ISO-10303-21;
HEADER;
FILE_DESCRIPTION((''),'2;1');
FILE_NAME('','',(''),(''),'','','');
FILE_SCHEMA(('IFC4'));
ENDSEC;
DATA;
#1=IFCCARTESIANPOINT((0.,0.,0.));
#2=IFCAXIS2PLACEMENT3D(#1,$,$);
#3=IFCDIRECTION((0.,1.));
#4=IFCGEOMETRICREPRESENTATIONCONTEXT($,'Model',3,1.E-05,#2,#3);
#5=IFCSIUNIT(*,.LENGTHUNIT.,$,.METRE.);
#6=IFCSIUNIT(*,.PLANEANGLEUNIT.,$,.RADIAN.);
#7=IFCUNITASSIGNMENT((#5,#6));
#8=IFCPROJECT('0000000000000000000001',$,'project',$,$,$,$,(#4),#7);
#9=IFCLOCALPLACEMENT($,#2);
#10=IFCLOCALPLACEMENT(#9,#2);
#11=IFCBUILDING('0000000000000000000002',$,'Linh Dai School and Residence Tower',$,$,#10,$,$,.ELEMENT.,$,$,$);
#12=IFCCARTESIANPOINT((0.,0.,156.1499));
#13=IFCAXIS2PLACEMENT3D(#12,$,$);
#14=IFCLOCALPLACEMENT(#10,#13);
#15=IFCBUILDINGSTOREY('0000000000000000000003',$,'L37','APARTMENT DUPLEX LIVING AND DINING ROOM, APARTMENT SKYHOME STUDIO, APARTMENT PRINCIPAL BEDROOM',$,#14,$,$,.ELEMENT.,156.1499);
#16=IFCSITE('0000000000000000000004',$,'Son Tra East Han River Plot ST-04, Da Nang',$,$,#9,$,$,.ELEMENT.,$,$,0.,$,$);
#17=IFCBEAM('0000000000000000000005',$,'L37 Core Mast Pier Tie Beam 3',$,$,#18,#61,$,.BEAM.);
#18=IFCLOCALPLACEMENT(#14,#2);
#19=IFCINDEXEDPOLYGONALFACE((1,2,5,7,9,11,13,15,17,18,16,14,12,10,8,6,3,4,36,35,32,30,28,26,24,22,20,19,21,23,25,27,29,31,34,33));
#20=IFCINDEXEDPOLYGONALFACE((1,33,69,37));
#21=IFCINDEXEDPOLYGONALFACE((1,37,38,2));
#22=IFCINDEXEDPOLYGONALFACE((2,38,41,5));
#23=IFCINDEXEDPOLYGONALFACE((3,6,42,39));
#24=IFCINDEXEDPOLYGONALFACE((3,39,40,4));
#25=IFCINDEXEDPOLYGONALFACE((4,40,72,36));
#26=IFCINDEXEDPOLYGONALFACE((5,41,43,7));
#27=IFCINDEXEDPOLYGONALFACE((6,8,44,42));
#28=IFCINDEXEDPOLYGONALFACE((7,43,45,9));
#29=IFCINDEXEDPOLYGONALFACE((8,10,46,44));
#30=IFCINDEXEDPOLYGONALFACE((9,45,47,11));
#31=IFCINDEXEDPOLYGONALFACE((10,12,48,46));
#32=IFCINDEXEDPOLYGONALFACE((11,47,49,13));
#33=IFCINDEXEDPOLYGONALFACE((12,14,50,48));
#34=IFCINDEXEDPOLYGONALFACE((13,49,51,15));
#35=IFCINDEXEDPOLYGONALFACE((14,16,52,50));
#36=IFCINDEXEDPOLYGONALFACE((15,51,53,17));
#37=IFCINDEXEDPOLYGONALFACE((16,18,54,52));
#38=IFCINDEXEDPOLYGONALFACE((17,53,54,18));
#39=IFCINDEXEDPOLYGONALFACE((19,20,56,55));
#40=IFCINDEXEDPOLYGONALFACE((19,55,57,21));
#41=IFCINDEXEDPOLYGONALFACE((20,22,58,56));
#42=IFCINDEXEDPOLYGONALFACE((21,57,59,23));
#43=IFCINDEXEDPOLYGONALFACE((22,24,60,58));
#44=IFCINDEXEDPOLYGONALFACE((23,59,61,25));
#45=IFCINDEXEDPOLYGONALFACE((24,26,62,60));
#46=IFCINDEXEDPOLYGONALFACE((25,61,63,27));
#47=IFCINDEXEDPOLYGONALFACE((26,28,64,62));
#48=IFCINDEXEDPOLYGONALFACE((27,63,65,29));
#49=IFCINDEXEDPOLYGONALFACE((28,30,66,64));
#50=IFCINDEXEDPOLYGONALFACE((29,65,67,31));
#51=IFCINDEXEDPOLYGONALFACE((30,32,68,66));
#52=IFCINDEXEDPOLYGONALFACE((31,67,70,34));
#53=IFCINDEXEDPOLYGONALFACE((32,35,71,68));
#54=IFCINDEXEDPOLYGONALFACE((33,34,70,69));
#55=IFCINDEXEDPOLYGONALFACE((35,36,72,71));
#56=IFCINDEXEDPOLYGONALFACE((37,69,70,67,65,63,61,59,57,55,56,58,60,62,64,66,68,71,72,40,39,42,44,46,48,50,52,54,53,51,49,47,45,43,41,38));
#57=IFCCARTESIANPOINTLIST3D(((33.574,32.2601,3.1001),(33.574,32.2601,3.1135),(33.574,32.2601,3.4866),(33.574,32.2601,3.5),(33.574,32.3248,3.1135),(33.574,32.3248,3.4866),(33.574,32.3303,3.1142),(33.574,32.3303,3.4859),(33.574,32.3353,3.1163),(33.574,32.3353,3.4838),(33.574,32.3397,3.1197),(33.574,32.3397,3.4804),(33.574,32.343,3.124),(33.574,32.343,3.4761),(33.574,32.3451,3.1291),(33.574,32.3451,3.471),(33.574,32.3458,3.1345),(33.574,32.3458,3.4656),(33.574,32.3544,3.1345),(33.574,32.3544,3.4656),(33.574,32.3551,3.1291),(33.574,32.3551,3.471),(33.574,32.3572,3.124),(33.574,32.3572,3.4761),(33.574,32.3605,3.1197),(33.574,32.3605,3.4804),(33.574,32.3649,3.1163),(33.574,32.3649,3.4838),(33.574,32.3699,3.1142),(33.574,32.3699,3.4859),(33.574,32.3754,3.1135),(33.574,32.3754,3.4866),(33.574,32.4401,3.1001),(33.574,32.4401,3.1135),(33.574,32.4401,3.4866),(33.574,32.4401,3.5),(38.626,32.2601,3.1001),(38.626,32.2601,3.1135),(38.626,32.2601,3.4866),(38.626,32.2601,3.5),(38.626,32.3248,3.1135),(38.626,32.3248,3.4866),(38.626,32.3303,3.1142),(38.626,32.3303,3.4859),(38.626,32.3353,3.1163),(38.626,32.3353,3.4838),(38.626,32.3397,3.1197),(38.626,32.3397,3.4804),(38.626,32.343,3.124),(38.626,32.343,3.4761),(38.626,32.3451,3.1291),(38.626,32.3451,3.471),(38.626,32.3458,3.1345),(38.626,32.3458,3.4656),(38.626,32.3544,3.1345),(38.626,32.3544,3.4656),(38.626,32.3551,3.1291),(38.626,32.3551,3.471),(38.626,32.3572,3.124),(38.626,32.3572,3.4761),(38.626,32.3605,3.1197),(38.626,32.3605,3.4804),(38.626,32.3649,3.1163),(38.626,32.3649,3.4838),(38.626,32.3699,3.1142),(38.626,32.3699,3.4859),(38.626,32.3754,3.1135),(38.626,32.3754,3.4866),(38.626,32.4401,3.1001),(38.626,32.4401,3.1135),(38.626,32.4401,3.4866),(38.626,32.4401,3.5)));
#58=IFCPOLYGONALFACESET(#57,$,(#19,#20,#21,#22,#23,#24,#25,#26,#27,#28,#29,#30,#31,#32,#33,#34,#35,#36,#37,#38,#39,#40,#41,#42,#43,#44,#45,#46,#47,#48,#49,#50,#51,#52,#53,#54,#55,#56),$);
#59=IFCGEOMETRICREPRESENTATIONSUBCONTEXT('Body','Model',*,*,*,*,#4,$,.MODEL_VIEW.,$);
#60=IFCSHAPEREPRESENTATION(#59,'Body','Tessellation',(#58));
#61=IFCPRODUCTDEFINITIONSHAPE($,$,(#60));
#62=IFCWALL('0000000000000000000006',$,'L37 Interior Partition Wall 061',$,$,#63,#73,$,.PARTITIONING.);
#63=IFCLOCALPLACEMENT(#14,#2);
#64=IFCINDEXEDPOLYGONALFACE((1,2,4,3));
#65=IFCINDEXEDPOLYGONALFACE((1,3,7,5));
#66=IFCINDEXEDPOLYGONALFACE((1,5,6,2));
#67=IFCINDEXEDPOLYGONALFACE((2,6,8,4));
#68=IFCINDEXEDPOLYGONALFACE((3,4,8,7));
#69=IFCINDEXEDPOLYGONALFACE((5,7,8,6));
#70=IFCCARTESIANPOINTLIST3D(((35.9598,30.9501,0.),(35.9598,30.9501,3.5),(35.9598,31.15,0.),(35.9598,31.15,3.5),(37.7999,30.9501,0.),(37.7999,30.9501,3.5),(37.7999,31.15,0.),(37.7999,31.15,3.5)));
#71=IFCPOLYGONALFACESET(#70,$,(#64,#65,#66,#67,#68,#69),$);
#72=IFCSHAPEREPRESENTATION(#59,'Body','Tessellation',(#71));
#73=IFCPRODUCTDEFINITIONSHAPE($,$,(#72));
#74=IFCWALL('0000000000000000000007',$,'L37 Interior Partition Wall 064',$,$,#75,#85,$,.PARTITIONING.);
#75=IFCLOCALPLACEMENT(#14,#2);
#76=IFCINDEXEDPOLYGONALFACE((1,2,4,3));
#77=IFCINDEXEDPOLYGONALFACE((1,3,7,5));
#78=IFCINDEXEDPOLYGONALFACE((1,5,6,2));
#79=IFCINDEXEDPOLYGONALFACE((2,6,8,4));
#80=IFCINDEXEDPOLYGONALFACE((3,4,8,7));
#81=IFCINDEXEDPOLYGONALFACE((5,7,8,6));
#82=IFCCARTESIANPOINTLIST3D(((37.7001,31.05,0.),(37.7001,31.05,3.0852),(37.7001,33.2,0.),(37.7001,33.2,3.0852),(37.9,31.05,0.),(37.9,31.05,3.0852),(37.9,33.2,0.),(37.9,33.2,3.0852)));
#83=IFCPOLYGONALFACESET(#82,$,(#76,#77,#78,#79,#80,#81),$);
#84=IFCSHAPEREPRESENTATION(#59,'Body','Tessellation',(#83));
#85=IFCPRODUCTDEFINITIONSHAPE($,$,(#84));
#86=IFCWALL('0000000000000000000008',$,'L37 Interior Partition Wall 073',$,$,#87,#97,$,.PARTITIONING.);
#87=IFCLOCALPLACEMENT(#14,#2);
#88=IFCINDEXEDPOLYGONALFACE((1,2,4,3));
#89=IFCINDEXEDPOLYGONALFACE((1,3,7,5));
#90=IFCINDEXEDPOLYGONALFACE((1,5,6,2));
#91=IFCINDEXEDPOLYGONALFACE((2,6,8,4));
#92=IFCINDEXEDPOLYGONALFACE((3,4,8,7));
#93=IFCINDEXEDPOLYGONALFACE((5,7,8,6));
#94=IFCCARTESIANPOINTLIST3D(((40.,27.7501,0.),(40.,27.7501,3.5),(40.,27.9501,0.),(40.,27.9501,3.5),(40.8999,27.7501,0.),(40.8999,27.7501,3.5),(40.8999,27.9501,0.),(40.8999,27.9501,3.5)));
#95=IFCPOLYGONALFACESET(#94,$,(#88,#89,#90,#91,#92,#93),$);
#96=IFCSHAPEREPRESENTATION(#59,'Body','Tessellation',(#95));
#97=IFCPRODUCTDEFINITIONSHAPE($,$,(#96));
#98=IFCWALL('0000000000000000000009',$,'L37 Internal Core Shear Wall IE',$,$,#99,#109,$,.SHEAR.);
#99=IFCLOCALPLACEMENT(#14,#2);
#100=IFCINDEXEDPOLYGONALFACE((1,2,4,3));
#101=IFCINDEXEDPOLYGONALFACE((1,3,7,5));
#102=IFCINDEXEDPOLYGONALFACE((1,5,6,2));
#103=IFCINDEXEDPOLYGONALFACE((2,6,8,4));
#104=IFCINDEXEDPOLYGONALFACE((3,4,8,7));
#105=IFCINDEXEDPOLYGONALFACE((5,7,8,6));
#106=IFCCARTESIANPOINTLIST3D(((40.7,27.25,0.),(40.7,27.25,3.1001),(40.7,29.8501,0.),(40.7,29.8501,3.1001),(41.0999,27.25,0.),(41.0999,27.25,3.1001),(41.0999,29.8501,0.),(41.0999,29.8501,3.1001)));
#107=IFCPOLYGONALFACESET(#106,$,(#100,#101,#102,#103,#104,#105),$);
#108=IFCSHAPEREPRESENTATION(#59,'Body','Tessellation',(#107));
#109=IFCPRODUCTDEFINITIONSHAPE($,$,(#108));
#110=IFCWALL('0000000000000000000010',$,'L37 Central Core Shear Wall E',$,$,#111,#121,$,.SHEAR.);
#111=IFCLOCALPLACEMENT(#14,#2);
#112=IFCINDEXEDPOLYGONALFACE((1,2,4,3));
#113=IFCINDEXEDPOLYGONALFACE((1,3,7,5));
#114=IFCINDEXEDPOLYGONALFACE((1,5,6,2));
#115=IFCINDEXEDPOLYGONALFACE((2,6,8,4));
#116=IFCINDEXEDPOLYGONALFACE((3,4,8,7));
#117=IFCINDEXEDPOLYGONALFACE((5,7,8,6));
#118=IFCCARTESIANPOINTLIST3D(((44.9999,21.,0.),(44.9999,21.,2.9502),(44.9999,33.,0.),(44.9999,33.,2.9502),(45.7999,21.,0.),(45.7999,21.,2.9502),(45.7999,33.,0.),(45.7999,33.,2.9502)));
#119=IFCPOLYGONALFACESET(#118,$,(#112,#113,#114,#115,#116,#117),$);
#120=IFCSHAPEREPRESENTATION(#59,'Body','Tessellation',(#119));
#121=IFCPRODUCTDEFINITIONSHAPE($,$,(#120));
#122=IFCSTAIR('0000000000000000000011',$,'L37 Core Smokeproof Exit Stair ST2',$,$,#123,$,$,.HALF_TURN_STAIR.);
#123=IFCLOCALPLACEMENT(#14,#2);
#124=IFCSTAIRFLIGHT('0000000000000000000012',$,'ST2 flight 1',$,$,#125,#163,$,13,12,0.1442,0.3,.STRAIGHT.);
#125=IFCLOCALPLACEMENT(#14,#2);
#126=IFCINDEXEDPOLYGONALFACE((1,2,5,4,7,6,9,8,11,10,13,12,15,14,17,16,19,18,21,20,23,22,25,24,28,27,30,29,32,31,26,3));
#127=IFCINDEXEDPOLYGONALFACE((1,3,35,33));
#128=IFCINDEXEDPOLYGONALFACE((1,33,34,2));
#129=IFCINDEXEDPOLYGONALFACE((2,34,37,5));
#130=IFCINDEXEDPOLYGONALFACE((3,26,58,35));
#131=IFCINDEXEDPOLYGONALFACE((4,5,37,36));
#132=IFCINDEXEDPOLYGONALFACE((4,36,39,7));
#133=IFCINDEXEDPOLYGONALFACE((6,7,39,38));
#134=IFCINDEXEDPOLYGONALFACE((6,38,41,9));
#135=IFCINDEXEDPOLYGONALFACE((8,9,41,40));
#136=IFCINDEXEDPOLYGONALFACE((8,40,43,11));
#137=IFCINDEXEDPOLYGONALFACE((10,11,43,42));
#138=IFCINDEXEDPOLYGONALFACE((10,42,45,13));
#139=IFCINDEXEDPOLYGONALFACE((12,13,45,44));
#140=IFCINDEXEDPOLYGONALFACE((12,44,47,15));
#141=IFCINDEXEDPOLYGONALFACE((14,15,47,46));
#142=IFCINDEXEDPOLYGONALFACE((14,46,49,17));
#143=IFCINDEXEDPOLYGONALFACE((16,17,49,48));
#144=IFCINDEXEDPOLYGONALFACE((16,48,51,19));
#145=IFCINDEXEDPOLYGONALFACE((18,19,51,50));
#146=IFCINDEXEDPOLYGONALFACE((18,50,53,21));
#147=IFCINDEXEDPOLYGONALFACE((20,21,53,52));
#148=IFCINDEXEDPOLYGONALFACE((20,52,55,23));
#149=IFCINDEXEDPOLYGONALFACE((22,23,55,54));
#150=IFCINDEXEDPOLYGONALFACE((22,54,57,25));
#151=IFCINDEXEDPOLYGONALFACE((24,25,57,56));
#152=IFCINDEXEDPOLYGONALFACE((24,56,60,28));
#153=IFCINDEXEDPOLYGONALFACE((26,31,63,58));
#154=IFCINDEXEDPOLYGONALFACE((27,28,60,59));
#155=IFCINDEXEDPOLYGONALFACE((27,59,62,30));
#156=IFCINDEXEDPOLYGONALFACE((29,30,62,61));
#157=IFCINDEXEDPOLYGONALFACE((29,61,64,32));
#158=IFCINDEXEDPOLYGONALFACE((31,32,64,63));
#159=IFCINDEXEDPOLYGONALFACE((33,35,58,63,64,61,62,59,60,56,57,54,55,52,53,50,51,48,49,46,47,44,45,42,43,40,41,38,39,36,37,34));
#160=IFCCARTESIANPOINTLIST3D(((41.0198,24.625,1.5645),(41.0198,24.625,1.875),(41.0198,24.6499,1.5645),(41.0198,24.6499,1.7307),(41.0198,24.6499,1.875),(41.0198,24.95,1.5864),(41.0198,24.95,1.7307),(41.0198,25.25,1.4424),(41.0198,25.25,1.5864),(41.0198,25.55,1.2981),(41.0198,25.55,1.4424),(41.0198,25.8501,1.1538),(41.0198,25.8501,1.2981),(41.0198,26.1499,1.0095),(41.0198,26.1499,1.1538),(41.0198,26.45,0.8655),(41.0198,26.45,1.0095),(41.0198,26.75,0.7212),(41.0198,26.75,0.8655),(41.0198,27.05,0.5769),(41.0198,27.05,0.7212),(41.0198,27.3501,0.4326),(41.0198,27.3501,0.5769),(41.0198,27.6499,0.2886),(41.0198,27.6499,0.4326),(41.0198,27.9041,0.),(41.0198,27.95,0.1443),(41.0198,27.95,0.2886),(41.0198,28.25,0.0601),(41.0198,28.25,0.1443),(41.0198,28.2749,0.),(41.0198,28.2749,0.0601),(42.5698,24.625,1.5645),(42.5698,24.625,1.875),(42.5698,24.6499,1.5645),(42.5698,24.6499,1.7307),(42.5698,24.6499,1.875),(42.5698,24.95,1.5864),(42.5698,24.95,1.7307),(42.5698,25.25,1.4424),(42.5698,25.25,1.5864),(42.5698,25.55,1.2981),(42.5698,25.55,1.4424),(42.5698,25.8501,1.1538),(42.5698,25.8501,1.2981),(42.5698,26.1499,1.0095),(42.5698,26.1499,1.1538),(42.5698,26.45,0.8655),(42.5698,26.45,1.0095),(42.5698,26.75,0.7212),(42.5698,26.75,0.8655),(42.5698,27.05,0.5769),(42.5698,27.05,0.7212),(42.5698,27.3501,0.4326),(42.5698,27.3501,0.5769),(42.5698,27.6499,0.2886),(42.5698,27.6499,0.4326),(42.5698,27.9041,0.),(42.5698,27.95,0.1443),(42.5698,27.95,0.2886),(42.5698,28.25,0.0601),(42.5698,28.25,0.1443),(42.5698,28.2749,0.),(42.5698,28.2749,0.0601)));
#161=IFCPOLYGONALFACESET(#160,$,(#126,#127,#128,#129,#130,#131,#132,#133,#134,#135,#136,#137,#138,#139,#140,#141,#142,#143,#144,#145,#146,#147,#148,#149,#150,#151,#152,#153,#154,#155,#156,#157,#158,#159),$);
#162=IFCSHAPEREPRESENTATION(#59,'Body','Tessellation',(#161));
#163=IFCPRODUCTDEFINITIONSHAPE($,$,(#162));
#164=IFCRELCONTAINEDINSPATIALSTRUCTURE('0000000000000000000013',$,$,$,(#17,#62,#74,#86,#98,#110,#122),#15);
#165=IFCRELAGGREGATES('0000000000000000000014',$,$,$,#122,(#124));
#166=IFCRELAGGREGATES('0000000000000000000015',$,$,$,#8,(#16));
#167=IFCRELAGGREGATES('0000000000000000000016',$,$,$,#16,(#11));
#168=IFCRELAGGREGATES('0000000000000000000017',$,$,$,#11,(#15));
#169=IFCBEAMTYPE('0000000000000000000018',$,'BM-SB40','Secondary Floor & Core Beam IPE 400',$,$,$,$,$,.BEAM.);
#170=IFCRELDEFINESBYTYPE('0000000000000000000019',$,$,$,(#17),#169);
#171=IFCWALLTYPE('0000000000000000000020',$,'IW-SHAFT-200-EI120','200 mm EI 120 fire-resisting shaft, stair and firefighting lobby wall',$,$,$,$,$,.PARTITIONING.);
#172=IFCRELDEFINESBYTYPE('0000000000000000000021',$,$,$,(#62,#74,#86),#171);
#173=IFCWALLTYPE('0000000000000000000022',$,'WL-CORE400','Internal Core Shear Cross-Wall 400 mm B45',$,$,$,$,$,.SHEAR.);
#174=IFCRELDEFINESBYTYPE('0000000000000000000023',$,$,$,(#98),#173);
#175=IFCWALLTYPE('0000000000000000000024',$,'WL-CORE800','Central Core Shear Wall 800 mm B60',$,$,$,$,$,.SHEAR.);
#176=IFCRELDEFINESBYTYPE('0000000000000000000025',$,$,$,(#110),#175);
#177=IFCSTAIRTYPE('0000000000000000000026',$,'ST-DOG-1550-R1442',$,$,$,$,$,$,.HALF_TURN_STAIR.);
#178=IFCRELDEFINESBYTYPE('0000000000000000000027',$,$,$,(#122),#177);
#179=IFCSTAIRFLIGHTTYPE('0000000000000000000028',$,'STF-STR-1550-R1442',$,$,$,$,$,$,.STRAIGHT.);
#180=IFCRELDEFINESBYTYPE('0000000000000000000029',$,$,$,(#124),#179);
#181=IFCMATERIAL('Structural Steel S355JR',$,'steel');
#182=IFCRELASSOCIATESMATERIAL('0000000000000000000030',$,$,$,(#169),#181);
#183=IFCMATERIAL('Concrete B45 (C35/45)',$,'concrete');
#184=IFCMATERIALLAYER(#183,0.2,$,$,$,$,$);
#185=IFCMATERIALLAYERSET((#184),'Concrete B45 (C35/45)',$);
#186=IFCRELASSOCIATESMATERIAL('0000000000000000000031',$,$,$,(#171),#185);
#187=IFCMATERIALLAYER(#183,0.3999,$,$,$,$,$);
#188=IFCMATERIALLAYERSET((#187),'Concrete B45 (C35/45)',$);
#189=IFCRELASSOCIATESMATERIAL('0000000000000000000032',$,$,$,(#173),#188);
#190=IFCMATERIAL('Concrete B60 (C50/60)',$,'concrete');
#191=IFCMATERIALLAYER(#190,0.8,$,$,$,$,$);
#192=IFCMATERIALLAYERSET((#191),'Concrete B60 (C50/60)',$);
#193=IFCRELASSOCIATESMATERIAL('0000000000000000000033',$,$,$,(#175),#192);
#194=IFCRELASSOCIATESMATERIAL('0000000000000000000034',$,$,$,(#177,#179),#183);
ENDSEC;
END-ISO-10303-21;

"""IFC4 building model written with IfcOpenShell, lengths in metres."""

from ifc_helpers import new_model, si_unit, direction, frame, frame_2d, origin, origin_2d, place, context, subcontext, project, spatial, polyline, rectangle, i_section, outline, extrude, source, transform, mapped, material, layer, layer_set, material_profile, profile_set, type_object, element, aggregate, save


model = new_model("IFC4")

# Units and contexts
model_context = context("Model", 3, precision=1e-05, world=origin(), true_north=direction((0.0, 1.0)))
body_context = subcontext(model_context, "Body", "Model", "MODEL_VIEW")
ifc_project = project(units=[si_unit("LENGTHUNIT", "METRE"), si_unit("PLANEANGLEUNIT", "RADIAN")], contexts=[model_context])

# Site, building, storey
site_placement = place(None, origin())
site = spatial("IfcSite", under=ifc_project, at=site_placement, Name="Son Tra East Han River Plot ST-04, Da Nang", CompositionType="ELEMENT", RefElevation=0.0)
building_placement = place(site_placement, origin())
building = spatial("IfcBuilding", under=site, at=building_placement, Name="Linh Dai School and Residence Tower", CompositionType="ELEMENT")
storey_placement = place(building_placement, frame((0.0, 0.0, 156.1499)))
storey = spatial("IfcBuildingStorey", under=building, at=storey_placement, Name="L37", Description="APARTMENT DUPLEX LIVING AND DINING ROOM, APARTMENT SKYHOME STUDIO, APARTMENT PRINCIPAL BEDROOM", CompositionType="ELEMENT", Elevation=156.1499)

# Shared definitions
ifc_material_1 = material(Name="Structural Steel S355JR", Category="steel")

# Beam
ifc_material_profile_1 = material_profile(ifc_material_1, i_section(OverallWidth=0.1799, OverallDepth=0.3999, WebThickness=0.0085, FlangeThickness=0.0134, FilletRadius=0.021, at=origin_2d()), Name="IPE 400")
ifc_profile_set_1 = profile_set([ifc_material_profile_1], Name="Structural Steel S355JR")
beam_type_1 = type_object("IfcBeamType", Name="BM-SB40", Description="Secondary Floor & Core Beam IPE 400", PredefinedType="BEAM", material=ifc_profile_set_1)
beam_1_placement = place(storey_placement, frame((38.626, 32.3501, 3.3), z_axis=(-1.0, 0.0, 0.0), x_axis=(0.0, -1.0, 0.0)))
element("IfcBeam", 1, at=beam_1_placement, inside=storey, type_object=beam_type_1, Name="L37 Core Mast Pier Tie Beam 3", PredefinedType="BEAM", context=body_context, shape_type="SweptSolid", body=[
    extrude(i_section(OverallWidth=0.1799, OverallDepth=0.3999, WebThickness=0.0085, FlangeThickness=0.0134, FilletRadius=0.021, at=origin_2d()), origin(), (0.0, 0.0, 1.0), 5.052),
])

# Shared definitions
ifc_material_2 = material(Name="Concrete B45 (C35/45)", Category="concrete")
ifc_layer_1 = layer(ifc_material_2, 0.2)
ifc_layer_set_1 = layer_set([ifc_layer_1], Name="Concrete B45 (C35/45)")
wall_type_1 = type_object("IfcWallType", Name="IW-SHAFT-200-EI120", Description="200 mm EI 120 fire-resisting shaft, stair and firefighting lobby wall", PredefinedType="PARTITIONING", material=ifc_layer_set_1)

# Walls
wall_1_placement = place(storey_placement, frame((35.96, 31.05, 0.0), z_axis=(0.0, 0.0, 1.0), x_axis=(1.0, 0.0, 0.0)))
element("IfcWall", 2, at=wall_1_placement, inside=storey, type_object=wall_type_1, Name="L37 Interior Partition Wall 061", PredefinedType="PARTITIONING", context=body_context, shape_type="SweptSolid", body=[
    extrude(rectangle(XDim=1.8401, YDim=0.2, at=frame_2d((0.9199, 0.0))), origin(), (0.0, 0.0, 1.0), 3.5),
])
wall_2_placement = place(storey_placement, frame((37.8, 31.05, 0.0), z_axis=(0.0, 0.0, 1.0), x_axis=(0.0, 1.0, 0.0)))
element("IfcWall", 3, at=wall_2_placement, inside=storey, type_object=wall_type_1, Name="L37 Interior Partition Wall 064", PredefinedType="PARTITIONING", context=body_context, shape_type="SweptSolid", body=[
    extrude(rectangle(XDim=2.1499, YDim=0.2, at=frame_2d((1.075, 0.0))), origin(), (0.0, 0.0, 1.0), 3.0852),
])
wall_3_placement = place(storey_placement, frame((40.0, 27.8501, 0.0), z_axis=(0.0, 0.0, 1.0), x_axis=(1.0, 0.0, 0.0)))
element("IfcWall", 4, at=wall_3_placement, inside=storey, type_object=wall_type_1, Name="L37 Interior Partition Wall 073", PredefinedType="PARTITIONING", context=body_context, shape_type="SweptSolid", body=[
    extrude(rectangle(XDim=0.8999, YDim=0.2, at=frame_2d((0.45, 0.0))), origin(), (0.0, 0.0, 1.0), 3.5),
])
ifc_layer_2 = layer(ifc_material_2, 0.3999)
ifc_layer_set_2 = layer_set([ifc_layer_2], Name="Concrete B45 (C35/45)")
wall_type_2 = type_object("IfcWallType", Name="WL-CORE400", Description="Internal Core Shear Cross-Wall 400 mm B45", PredefinedType="SHEAR", material=ifc_layer_set_2)
wall_4_placement = place(storey_placement, frame((40.8999, 27.25, 0.0), z_axis=(0.0, 0.0, 1.0), x_axis=(0.0, 1.0, 0.0)))
element("IfcWall", 5, at=wall_4_placement, inside=storey, type_object=wall_type_2, Name="L37 Internal Core Shear Wall IE", PredefinedType="SHEAR", context=body_context, shape_type="SweptSolid", body=[
    extrude(rectangle(XDim=2.6001, YDim=0.3999, at=frame_2d((1.3, 0.0))), origin(), (0.0, 0.0, 1.0), 3.1001),
])
ifc_material_3 = material(Name="Concrete B60 (C50/60)", Category="concrete")
ifc_layer_3 = layer(ifc_material_3, 0.8)
ifc_layer_set_3 = layer_set([ifc_layer_3], Name="Concrete B60 (C50/60)")
wall_type_3 = type_object("IfcWallType", Name="WL-CORE800", Description="Central Core Shear Wall 800 mm B60", PredefinedType="SHEAR", material=ifc_layer_set_3)
wall_5_placement = place(storey_placement, frame((45.3999, 33.0, 0.0), z_axis=(0.0, 0.0, 1.0), x_axis=(0.0, -1.0, 0.0)))
element("IfcWall", 6, at=wall_5_placement, inside=storey, type_object=wall_type_3, Name="L37 Central Core Shear Wall E", PredefinedType="SHEAR", context=body_context, shape_type="SweptSolid", body=[
    extrude(rectangle(XDim=12.0, YDim=0.8, at=frame_2d((6.0, 0.0))), origin(), (0.0, 0.0, 1.0), 2.9502),
])

# Stair, stair flight
stair_type = type_object("IfcStairType", Name="ST-DOG-1550-R1442", PredefinedType="HALF_TURN_STAIR", material=ifc_material_2)
stair_placement = place(storey_placement, origin())
stair = element("IfcStair", 7, at=stair_placement, inside=storey, type_object=stair_type, Name="L37 Core Smokeproof Exit Stair ST2", PredefinedType="HALF_TURN_STAIR")
stair_flight_type = type_object("IfcStairFlightType", Name="STF-STR-1550-R1442", PredefinedType="STRAIGHT", material=ifc_material_2)
shared_shape_1 = source(origin(), body_context, "Body", "SweptSolid", [
    extrude(outline(polyline([(-0.0249, 0.0), (-0.0249, 0.0601), (0.0, 0.0601), (0.0, 0.1443), (0.3, 0.1443), (0.3, 0.2886), (0.6001, 0.2886), (0.6001, 0.4326), (0.8999, 0.4326), (0.8999, 0.5769), (1.2, 0.5769), (1.2, 0.7212), (1.5, 0.7212), (1.5, 0.8655), (1.8, 0.8655), (1.8, 1.0095), (2.1001, 1.0095), (2.1001, 1.1538), (2.3999, 1.1538), (2.3999, 1.2981), (2.7, 1.2981), (2.7, 1.4424), (3.0, 1.4424), (3.0, 1.5864), (3.3, 1.5864), (3.3, 1.7307), (3.6001, 1.7307), (3.6001, 1.875), (3.625, 1.875), (3.625, 1.5645), (3.6001, 1.5645), (0.3459, 0.0), (-0.0249, 0.0)])), frame((0.0, 0.7749, 0.0), z_axis=(0.0, -1.0, 0.0), x_axis=(1.0, 0.0, 0.0)), (0.0, 0.0, 1.0), 1.55),
])
stair_flight_placement = place(storey_placement, frame((41.7949, 28.25, 0.0), z_axis=(0.0, 0.0, 1.0), x_axis=(0.0, -1.0, 0.0)))
stair_flight = element("IfcStairFlight", 8, at=stair_flight_placement, type_object=stair_flight_type, Name="ST2 flight 1", NumberOfRisers=13, NumberOfTreads=12, PredefinedType="STRAIGHT", RiserHeight=0.1442, TreadLength=0.3, context=body_context, shape_type="MappedRepresentation", body=[
    mapped(shared_shape_1, transform((0.0, 0.0, 0.0), x_axis=(1.0, 0.0, 0.0), y_axis=(0.0, 1.0, 0.0), z_axis=(0.0, 0.0, 1.0), scale=1.0)),
])
aggregate(stair, [stair_flight])

save(model, "model.ifc")
